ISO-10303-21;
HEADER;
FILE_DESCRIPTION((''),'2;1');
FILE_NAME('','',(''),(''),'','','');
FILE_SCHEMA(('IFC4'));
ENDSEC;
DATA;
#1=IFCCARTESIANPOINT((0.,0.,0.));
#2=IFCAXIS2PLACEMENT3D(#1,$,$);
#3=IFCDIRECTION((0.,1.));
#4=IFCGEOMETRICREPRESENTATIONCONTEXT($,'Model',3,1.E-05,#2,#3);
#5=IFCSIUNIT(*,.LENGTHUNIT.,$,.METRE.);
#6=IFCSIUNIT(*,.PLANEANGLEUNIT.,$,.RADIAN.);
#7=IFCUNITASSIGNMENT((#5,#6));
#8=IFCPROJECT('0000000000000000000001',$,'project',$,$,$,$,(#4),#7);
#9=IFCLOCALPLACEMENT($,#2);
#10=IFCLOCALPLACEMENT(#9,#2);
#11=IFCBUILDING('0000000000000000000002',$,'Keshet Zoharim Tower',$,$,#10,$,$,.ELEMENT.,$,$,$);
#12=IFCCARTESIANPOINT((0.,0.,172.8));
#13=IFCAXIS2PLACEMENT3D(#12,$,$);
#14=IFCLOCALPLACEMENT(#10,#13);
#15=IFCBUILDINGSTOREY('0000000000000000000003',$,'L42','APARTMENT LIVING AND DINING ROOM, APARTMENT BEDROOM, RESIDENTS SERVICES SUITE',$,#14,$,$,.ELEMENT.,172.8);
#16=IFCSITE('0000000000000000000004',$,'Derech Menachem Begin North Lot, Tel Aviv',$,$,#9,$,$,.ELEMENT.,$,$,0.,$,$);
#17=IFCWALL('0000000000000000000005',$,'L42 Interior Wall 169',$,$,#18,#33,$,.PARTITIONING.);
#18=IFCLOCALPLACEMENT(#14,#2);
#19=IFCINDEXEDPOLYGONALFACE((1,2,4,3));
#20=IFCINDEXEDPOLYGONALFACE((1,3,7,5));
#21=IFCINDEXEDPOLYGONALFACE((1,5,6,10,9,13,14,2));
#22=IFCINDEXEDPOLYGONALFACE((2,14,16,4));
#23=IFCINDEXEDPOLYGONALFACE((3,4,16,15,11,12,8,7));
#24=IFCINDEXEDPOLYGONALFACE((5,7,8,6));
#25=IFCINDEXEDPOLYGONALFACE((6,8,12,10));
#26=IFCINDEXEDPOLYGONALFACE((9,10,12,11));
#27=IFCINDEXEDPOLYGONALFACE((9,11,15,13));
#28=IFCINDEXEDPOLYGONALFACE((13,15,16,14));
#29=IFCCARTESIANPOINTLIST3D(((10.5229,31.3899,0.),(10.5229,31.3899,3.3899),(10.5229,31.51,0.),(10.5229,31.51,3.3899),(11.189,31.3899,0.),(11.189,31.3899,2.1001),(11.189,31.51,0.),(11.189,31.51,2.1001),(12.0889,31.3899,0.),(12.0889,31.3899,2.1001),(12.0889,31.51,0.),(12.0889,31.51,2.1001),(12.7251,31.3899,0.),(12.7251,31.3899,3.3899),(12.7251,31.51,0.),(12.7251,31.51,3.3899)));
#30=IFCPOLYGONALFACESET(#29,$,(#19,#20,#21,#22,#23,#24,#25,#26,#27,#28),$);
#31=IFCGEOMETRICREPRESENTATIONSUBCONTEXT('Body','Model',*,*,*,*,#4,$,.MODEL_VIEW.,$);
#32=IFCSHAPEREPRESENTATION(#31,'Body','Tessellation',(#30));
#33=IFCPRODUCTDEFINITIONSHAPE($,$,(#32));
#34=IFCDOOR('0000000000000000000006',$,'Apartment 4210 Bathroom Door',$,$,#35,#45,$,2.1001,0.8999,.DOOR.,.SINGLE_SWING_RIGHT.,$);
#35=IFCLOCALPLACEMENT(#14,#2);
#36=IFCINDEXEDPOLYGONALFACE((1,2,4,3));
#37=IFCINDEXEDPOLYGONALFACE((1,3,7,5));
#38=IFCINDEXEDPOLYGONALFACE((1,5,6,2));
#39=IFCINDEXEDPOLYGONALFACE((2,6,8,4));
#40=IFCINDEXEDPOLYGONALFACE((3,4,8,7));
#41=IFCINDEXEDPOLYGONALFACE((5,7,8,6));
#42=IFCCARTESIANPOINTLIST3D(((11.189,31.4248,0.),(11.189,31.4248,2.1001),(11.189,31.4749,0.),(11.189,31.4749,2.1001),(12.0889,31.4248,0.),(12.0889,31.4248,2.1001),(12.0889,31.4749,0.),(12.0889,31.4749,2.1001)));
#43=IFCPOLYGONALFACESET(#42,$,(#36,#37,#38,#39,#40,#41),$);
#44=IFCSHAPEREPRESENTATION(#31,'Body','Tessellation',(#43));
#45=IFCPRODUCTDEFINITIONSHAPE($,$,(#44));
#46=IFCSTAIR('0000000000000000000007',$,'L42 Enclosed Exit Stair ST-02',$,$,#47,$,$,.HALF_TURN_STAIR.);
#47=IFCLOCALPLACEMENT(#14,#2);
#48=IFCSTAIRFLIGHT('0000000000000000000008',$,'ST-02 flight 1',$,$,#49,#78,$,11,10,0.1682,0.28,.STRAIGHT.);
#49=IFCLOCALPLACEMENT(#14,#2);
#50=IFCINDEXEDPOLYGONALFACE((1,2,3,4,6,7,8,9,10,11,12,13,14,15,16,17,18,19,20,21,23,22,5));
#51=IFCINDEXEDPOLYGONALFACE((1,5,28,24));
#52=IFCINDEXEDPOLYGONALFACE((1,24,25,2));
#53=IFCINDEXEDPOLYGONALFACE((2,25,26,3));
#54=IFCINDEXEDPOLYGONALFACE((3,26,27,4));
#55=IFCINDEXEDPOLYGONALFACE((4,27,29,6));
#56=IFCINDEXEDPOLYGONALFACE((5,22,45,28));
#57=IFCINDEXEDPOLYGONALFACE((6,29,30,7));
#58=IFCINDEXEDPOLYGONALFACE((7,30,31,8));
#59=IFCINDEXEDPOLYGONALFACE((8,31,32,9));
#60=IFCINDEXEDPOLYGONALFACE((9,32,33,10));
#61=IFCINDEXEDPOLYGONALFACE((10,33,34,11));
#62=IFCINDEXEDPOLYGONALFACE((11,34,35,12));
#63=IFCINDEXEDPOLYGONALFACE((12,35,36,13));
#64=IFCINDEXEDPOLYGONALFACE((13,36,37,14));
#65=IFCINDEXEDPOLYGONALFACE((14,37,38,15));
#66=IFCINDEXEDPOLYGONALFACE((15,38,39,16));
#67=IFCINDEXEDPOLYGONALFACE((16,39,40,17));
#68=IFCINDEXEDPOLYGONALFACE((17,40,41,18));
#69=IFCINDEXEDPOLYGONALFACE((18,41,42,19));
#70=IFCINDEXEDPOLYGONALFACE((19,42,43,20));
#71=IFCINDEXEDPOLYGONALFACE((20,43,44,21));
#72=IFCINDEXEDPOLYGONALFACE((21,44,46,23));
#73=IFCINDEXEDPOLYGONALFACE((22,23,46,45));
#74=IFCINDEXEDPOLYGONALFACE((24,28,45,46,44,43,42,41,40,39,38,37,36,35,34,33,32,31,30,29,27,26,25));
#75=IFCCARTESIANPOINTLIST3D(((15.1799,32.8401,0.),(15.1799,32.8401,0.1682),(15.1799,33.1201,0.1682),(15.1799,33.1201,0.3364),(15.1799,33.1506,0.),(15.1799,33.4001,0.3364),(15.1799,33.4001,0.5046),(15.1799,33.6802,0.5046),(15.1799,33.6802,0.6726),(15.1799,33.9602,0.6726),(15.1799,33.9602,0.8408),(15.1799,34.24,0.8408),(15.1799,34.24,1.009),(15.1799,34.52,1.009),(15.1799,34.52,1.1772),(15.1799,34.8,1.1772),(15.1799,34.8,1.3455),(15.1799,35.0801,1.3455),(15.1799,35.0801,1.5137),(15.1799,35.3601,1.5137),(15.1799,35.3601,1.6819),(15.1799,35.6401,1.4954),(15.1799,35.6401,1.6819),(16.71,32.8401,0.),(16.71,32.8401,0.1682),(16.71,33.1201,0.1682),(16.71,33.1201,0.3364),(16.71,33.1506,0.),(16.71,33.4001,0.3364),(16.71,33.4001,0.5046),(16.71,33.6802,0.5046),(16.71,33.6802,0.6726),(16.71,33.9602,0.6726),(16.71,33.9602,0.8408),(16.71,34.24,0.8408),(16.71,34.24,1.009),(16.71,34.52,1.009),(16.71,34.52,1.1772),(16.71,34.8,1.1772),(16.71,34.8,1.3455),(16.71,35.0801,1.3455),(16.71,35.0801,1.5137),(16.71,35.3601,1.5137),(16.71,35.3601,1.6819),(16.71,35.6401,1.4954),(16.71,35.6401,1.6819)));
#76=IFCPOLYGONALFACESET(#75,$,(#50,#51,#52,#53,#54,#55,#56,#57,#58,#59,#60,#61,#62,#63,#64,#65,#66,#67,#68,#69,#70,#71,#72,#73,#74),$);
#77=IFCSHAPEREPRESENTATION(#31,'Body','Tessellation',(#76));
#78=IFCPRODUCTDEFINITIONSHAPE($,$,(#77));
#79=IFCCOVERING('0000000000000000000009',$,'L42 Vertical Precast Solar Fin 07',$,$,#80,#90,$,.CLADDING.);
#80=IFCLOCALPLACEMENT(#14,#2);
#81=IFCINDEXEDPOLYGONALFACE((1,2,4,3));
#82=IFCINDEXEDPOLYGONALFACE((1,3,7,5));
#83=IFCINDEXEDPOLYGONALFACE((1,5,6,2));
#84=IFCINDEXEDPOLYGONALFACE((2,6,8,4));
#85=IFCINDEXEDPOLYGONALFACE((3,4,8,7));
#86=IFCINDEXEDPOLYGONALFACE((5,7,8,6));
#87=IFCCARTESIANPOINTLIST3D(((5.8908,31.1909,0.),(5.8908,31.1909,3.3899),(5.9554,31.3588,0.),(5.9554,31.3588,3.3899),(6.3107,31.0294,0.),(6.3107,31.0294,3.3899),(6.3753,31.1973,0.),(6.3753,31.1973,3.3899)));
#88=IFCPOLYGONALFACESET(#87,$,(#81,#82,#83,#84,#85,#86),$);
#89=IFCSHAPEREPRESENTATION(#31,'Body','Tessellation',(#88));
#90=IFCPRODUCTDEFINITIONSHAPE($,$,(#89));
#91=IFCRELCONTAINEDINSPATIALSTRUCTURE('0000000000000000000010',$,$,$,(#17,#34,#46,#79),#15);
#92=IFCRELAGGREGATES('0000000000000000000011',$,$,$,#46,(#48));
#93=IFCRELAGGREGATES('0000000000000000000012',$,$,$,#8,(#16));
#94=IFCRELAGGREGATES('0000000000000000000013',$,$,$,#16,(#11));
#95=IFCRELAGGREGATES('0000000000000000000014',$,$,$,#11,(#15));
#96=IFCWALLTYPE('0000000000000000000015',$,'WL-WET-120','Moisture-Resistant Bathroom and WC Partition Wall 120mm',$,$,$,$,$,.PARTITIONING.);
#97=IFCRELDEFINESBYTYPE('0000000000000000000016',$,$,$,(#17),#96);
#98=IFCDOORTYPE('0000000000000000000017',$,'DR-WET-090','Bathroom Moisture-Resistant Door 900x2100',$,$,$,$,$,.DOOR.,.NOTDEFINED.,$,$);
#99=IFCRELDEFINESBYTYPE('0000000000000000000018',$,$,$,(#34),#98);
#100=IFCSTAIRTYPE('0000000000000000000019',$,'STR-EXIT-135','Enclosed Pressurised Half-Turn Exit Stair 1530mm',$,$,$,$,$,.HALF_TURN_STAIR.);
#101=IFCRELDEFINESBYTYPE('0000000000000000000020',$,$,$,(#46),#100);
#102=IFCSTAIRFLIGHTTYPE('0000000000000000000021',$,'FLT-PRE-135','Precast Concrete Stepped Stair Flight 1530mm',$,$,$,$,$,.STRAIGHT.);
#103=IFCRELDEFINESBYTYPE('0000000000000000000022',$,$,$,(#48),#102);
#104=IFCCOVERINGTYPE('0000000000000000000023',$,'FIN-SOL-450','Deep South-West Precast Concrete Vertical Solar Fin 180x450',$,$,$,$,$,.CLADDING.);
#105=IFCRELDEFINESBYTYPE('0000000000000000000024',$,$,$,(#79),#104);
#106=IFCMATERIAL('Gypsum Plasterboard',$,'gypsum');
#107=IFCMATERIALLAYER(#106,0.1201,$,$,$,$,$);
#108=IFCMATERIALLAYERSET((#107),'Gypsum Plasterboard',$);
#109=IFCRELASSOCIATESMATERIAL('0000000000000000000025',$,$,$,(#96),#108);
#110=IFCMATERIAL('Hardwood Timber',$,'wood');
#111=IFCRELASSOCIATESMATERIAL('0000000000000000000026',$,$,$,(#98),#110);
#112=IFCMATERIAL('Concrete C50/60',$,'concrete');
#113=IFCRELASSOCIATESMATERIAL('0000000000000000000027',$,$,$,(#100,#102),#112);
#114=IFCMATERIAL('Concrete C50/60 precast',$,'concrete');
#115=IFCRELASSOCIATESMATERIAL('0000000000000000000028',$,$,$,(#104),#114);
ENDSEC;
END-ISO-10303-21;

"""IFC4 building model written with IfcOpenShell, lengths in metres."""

from ifc_helpers import new_model, si_unit, direction, frame, frame_2d, origin, origin_2d, place, context, subcontext, project, spatial, polyline, rectangle, outline, extrude, material, layer, layer_set, type_object, element, fill, aggregate, save


model = new_model("IFC4")

# Units and contexts
model_context = context("Model", 3, precision=1e-05, world=origin(), true_north=direction((0.0, 1.0)))
body_context = subcontext(model_context, "Body", "Model", "MODEL_VIEW")
ifc_project = project(units=[si_unit("LENGTHUNIT", "METRE"), si_unit("PLANEANGLEUNIT", "RADIAN")], contexts=[model_context])

# Site, building, storey
site_placement = place(None, origin())
site = spatial("IfcSite", under=ifc_project, at=site_placement, Name="Derech Menachem Begin North Lot, Tel Aviv", CompositionType="ELEMENT", RefElevation=0.0)
building_placement = place(site_placement, origin())
building = spatial("IfcBuilding", under=site, at=building_placement, Name="Keshet Zoharim Tower", CompositionType="ELEMENT")
storey_placement = place(building_placement, frame((0.0, 0.0, 172.8)))
storey = spatial("IfcBuildingStorey", under=building, at=storey_placement, Name="L42", Description="APARTMENT LIVING AND DINING ROOM, APARTMENT BEDROOM, RESIDENTS SERVICES SUITE", CompositionType="ELEMENT", Elevation=172.8)

# Shared definitions
ifc_material_1 = material(Name="Hardwood Timber", Category="wood")

# Shared definitions
ifc_material_2 = material(Name="Gypsum Plasterboard", Category="gypsum")

# Shared definitions
ifc_layer_1 = layer(ifc_material_2, 0.1201)
ifc_layer_set_1 = layer_set([ifc_layer_1], Name="Gypsum Plasterboard")
wall_type_1 = type_object("IfcWallType", Name="WL-WET-120", Description="Moisture-Resistant Bathroom and WC Partition Wall 120mm", PredefinedType="PARTITIONING", material=ifc_layer_set_1)

# Wall, opening, door
wall_1_placement = place(storey_placement, frame((10.5229, 31.45, 0.0), z_axis=(0.0, 0.0, 1.0), x_axis=(1.0, 0.0, 0.0)))
wall_1 = element("IfcWall", 1, at=wall_1_placement, inside=storey, type_object=wall_type_1, Name="L42 Interior Wall 169", PredefinedType="PARTITIONING", context=body_context, shape_type="SweptSolid", body=[
    extrude(rectangle(XDim=2.2021, YDim=0.1201, at=frame_2d((1.1011, 0.0))), origin(), (0.0, 0.0, 1.0), 3.3899),
])
opening_1_placement = place(wall_1_placement, frame((0.666, 0.0, 0.0)))
opening_1 = element("IfcOpeningElement", 2, at=opening_1_placement, cuts=wall_1, PredefinedType="OPENING", context=body_context, shape_type="SweptSolid", body=[
    extrude(rectangle(XDim=0.8999, YDim=2.1001, at=frame_2d((0.45, 1.05))), frame((0.0, 0.0701, 0.0), z_axis=(0.0, -1.0, 0.0), x_axis=(1.0, 0.0, 0.0)), (0.0, 0.0, 1.0), 0.1401),
])
door_type_1 = type_object("IfcDoorType", Name="DR-WET-090", Description="Bathroom Moisture-Resistant Door 900x2100", OperationType="NOTDEFINED", PredefinedType="DOOR", material=ifc_material_1)
door_1_placement = place(opening_1_placement, origin())
door_1 = element("IfcDoor", 3, at=door_1_placement, inside=storey, type_object=door_type_1, Name="Apartment 4210 Bathroom Door", OperationType="SINGLE_SWING_RIGHT", OverallHeight=2.1001, OverallWidth=0.8999, PredefinedType="DOOR", context=body_context, shape_type="SweptSolid", body=[
    extrude(rectangle(XDim=0.8999, YDim=2.1001, at=frame_2d((0.45, 1.05))), frame((0.0, 0.0249, 0.0), z_axis=(0.0, -1.0, 0.0), x_axis=(1.0, 0.0, 0.0)), (0.0, 0.0, 1.0), 0.05),
])
fill(opening_1, door_1)

# Stair, stair flight
ifc_material_3 = material(Name="Concrete C50/60", Category="concrete")
stair_type = type_object("IfcStairType", Name="STR-EXIT-135", Description="Enclosed Pressurised Half-Turn Exit Stair 1530mm", PredefinedType="HALF_TURN_STAIR", material=ifc_material_3)
stair_placement = place(storey_placement, origin())
stair = element("IfcStair", 4, at=stair_placement, inside=storey, type_object=stair_type, Name="L42 Enclosed Exit Stair ST-02", PredefinedType="HALF_TURN_STAIR")
stair_flight_type = type_object("IfcStairFlightType", Name="FLT-PRE-135", Description="Precast Concrete Stepped Stair Flight 1530mm", PredefinedType="STRAIGHT", material=ifc_material_3)
stair_flight_placement = place(storey_placement, frame((15.9451, 32.8401, 0.0), z_axis=(0.0, 0.0, 1.0), x_axis=(0.0, 1.0, 0.0)))
stair_flight = element("IfcStairFlight", 5, at=stair_flight_placement, type_object=stair_flight_type, Name="ST-02 flight 1", NumberOfRisers=11, NumberOfTreads=10, PredefinedType="STRAIGHT", RiserHeight=0.1682, TreadLength=0.28, context=body_context, shape_type="SweptSolid", body=[
    extrude(outline(polyline([(0.0, 0.0), (0.0, 0.1682), (0.28, 0.1682), (0.28, 0.3364), (0.5601, 0.3364), (0.5601, 0.5046), (0.8401, 0.5046), (0.8401, 0.6726), (1.1201, 0.6726), (1.1201, 0.8408), (1.3999, 0.8408), (1.3999, 1.009), (1.6799, 1.009), (1.6799, 1.1772), (1.96, 1.1772), (1.96, 1.3455), (2.24, 1.3455), (2.24, 1.5137), (2.52, 1.5137), (2.52, 1.6819), (2.8, 1.6819), (2.8, 1.8501), (2.8, 1.4954), (0.3105, 0.0), (0.0, 0.0)])), frame((0.0, 0.7651, 0.0), z_axis=(0.0, -1.0, 0.0), x_axis=(1.0, 0.0, 0.0)), (0.0, 0.0, 1.0), 1.53),
])
aggregate(stair, [stair_flight])

# Covering
ifc_material_4 = material(Name="Concrete C50/60 precast", Category="concrete")
covering_type = type_object("IfcCoveringType", Name="FIN-SOL-450", Description="Deep South-West Precast Concrete Vertical Solar Fin 180x450", PredefinedType="CLADDING", material=ifc_material_4)
covering_placement = place(storey_placement, frame((6.1331, 31.1941, 0.0), z_axis=(0.0, 0.0, 1.0), x_axis=(0.35899, 0.933341, 0.0)))
element("IfcCovering", 6, at=covering_placement, inside=storey, type_object=covering_type, Name="L42 Vertical Precast Solar Fin 07", PredefinedType="CLADDING", context=body_context, shape_type="SweptSolid", body=[
    extrude(rectangle(XDim=0.1799, YDim=0.45, at=origin_2d()), origin(), (0.0, 0.0, 1.0), 3.3899),
])

save(model, "model.ifc")
